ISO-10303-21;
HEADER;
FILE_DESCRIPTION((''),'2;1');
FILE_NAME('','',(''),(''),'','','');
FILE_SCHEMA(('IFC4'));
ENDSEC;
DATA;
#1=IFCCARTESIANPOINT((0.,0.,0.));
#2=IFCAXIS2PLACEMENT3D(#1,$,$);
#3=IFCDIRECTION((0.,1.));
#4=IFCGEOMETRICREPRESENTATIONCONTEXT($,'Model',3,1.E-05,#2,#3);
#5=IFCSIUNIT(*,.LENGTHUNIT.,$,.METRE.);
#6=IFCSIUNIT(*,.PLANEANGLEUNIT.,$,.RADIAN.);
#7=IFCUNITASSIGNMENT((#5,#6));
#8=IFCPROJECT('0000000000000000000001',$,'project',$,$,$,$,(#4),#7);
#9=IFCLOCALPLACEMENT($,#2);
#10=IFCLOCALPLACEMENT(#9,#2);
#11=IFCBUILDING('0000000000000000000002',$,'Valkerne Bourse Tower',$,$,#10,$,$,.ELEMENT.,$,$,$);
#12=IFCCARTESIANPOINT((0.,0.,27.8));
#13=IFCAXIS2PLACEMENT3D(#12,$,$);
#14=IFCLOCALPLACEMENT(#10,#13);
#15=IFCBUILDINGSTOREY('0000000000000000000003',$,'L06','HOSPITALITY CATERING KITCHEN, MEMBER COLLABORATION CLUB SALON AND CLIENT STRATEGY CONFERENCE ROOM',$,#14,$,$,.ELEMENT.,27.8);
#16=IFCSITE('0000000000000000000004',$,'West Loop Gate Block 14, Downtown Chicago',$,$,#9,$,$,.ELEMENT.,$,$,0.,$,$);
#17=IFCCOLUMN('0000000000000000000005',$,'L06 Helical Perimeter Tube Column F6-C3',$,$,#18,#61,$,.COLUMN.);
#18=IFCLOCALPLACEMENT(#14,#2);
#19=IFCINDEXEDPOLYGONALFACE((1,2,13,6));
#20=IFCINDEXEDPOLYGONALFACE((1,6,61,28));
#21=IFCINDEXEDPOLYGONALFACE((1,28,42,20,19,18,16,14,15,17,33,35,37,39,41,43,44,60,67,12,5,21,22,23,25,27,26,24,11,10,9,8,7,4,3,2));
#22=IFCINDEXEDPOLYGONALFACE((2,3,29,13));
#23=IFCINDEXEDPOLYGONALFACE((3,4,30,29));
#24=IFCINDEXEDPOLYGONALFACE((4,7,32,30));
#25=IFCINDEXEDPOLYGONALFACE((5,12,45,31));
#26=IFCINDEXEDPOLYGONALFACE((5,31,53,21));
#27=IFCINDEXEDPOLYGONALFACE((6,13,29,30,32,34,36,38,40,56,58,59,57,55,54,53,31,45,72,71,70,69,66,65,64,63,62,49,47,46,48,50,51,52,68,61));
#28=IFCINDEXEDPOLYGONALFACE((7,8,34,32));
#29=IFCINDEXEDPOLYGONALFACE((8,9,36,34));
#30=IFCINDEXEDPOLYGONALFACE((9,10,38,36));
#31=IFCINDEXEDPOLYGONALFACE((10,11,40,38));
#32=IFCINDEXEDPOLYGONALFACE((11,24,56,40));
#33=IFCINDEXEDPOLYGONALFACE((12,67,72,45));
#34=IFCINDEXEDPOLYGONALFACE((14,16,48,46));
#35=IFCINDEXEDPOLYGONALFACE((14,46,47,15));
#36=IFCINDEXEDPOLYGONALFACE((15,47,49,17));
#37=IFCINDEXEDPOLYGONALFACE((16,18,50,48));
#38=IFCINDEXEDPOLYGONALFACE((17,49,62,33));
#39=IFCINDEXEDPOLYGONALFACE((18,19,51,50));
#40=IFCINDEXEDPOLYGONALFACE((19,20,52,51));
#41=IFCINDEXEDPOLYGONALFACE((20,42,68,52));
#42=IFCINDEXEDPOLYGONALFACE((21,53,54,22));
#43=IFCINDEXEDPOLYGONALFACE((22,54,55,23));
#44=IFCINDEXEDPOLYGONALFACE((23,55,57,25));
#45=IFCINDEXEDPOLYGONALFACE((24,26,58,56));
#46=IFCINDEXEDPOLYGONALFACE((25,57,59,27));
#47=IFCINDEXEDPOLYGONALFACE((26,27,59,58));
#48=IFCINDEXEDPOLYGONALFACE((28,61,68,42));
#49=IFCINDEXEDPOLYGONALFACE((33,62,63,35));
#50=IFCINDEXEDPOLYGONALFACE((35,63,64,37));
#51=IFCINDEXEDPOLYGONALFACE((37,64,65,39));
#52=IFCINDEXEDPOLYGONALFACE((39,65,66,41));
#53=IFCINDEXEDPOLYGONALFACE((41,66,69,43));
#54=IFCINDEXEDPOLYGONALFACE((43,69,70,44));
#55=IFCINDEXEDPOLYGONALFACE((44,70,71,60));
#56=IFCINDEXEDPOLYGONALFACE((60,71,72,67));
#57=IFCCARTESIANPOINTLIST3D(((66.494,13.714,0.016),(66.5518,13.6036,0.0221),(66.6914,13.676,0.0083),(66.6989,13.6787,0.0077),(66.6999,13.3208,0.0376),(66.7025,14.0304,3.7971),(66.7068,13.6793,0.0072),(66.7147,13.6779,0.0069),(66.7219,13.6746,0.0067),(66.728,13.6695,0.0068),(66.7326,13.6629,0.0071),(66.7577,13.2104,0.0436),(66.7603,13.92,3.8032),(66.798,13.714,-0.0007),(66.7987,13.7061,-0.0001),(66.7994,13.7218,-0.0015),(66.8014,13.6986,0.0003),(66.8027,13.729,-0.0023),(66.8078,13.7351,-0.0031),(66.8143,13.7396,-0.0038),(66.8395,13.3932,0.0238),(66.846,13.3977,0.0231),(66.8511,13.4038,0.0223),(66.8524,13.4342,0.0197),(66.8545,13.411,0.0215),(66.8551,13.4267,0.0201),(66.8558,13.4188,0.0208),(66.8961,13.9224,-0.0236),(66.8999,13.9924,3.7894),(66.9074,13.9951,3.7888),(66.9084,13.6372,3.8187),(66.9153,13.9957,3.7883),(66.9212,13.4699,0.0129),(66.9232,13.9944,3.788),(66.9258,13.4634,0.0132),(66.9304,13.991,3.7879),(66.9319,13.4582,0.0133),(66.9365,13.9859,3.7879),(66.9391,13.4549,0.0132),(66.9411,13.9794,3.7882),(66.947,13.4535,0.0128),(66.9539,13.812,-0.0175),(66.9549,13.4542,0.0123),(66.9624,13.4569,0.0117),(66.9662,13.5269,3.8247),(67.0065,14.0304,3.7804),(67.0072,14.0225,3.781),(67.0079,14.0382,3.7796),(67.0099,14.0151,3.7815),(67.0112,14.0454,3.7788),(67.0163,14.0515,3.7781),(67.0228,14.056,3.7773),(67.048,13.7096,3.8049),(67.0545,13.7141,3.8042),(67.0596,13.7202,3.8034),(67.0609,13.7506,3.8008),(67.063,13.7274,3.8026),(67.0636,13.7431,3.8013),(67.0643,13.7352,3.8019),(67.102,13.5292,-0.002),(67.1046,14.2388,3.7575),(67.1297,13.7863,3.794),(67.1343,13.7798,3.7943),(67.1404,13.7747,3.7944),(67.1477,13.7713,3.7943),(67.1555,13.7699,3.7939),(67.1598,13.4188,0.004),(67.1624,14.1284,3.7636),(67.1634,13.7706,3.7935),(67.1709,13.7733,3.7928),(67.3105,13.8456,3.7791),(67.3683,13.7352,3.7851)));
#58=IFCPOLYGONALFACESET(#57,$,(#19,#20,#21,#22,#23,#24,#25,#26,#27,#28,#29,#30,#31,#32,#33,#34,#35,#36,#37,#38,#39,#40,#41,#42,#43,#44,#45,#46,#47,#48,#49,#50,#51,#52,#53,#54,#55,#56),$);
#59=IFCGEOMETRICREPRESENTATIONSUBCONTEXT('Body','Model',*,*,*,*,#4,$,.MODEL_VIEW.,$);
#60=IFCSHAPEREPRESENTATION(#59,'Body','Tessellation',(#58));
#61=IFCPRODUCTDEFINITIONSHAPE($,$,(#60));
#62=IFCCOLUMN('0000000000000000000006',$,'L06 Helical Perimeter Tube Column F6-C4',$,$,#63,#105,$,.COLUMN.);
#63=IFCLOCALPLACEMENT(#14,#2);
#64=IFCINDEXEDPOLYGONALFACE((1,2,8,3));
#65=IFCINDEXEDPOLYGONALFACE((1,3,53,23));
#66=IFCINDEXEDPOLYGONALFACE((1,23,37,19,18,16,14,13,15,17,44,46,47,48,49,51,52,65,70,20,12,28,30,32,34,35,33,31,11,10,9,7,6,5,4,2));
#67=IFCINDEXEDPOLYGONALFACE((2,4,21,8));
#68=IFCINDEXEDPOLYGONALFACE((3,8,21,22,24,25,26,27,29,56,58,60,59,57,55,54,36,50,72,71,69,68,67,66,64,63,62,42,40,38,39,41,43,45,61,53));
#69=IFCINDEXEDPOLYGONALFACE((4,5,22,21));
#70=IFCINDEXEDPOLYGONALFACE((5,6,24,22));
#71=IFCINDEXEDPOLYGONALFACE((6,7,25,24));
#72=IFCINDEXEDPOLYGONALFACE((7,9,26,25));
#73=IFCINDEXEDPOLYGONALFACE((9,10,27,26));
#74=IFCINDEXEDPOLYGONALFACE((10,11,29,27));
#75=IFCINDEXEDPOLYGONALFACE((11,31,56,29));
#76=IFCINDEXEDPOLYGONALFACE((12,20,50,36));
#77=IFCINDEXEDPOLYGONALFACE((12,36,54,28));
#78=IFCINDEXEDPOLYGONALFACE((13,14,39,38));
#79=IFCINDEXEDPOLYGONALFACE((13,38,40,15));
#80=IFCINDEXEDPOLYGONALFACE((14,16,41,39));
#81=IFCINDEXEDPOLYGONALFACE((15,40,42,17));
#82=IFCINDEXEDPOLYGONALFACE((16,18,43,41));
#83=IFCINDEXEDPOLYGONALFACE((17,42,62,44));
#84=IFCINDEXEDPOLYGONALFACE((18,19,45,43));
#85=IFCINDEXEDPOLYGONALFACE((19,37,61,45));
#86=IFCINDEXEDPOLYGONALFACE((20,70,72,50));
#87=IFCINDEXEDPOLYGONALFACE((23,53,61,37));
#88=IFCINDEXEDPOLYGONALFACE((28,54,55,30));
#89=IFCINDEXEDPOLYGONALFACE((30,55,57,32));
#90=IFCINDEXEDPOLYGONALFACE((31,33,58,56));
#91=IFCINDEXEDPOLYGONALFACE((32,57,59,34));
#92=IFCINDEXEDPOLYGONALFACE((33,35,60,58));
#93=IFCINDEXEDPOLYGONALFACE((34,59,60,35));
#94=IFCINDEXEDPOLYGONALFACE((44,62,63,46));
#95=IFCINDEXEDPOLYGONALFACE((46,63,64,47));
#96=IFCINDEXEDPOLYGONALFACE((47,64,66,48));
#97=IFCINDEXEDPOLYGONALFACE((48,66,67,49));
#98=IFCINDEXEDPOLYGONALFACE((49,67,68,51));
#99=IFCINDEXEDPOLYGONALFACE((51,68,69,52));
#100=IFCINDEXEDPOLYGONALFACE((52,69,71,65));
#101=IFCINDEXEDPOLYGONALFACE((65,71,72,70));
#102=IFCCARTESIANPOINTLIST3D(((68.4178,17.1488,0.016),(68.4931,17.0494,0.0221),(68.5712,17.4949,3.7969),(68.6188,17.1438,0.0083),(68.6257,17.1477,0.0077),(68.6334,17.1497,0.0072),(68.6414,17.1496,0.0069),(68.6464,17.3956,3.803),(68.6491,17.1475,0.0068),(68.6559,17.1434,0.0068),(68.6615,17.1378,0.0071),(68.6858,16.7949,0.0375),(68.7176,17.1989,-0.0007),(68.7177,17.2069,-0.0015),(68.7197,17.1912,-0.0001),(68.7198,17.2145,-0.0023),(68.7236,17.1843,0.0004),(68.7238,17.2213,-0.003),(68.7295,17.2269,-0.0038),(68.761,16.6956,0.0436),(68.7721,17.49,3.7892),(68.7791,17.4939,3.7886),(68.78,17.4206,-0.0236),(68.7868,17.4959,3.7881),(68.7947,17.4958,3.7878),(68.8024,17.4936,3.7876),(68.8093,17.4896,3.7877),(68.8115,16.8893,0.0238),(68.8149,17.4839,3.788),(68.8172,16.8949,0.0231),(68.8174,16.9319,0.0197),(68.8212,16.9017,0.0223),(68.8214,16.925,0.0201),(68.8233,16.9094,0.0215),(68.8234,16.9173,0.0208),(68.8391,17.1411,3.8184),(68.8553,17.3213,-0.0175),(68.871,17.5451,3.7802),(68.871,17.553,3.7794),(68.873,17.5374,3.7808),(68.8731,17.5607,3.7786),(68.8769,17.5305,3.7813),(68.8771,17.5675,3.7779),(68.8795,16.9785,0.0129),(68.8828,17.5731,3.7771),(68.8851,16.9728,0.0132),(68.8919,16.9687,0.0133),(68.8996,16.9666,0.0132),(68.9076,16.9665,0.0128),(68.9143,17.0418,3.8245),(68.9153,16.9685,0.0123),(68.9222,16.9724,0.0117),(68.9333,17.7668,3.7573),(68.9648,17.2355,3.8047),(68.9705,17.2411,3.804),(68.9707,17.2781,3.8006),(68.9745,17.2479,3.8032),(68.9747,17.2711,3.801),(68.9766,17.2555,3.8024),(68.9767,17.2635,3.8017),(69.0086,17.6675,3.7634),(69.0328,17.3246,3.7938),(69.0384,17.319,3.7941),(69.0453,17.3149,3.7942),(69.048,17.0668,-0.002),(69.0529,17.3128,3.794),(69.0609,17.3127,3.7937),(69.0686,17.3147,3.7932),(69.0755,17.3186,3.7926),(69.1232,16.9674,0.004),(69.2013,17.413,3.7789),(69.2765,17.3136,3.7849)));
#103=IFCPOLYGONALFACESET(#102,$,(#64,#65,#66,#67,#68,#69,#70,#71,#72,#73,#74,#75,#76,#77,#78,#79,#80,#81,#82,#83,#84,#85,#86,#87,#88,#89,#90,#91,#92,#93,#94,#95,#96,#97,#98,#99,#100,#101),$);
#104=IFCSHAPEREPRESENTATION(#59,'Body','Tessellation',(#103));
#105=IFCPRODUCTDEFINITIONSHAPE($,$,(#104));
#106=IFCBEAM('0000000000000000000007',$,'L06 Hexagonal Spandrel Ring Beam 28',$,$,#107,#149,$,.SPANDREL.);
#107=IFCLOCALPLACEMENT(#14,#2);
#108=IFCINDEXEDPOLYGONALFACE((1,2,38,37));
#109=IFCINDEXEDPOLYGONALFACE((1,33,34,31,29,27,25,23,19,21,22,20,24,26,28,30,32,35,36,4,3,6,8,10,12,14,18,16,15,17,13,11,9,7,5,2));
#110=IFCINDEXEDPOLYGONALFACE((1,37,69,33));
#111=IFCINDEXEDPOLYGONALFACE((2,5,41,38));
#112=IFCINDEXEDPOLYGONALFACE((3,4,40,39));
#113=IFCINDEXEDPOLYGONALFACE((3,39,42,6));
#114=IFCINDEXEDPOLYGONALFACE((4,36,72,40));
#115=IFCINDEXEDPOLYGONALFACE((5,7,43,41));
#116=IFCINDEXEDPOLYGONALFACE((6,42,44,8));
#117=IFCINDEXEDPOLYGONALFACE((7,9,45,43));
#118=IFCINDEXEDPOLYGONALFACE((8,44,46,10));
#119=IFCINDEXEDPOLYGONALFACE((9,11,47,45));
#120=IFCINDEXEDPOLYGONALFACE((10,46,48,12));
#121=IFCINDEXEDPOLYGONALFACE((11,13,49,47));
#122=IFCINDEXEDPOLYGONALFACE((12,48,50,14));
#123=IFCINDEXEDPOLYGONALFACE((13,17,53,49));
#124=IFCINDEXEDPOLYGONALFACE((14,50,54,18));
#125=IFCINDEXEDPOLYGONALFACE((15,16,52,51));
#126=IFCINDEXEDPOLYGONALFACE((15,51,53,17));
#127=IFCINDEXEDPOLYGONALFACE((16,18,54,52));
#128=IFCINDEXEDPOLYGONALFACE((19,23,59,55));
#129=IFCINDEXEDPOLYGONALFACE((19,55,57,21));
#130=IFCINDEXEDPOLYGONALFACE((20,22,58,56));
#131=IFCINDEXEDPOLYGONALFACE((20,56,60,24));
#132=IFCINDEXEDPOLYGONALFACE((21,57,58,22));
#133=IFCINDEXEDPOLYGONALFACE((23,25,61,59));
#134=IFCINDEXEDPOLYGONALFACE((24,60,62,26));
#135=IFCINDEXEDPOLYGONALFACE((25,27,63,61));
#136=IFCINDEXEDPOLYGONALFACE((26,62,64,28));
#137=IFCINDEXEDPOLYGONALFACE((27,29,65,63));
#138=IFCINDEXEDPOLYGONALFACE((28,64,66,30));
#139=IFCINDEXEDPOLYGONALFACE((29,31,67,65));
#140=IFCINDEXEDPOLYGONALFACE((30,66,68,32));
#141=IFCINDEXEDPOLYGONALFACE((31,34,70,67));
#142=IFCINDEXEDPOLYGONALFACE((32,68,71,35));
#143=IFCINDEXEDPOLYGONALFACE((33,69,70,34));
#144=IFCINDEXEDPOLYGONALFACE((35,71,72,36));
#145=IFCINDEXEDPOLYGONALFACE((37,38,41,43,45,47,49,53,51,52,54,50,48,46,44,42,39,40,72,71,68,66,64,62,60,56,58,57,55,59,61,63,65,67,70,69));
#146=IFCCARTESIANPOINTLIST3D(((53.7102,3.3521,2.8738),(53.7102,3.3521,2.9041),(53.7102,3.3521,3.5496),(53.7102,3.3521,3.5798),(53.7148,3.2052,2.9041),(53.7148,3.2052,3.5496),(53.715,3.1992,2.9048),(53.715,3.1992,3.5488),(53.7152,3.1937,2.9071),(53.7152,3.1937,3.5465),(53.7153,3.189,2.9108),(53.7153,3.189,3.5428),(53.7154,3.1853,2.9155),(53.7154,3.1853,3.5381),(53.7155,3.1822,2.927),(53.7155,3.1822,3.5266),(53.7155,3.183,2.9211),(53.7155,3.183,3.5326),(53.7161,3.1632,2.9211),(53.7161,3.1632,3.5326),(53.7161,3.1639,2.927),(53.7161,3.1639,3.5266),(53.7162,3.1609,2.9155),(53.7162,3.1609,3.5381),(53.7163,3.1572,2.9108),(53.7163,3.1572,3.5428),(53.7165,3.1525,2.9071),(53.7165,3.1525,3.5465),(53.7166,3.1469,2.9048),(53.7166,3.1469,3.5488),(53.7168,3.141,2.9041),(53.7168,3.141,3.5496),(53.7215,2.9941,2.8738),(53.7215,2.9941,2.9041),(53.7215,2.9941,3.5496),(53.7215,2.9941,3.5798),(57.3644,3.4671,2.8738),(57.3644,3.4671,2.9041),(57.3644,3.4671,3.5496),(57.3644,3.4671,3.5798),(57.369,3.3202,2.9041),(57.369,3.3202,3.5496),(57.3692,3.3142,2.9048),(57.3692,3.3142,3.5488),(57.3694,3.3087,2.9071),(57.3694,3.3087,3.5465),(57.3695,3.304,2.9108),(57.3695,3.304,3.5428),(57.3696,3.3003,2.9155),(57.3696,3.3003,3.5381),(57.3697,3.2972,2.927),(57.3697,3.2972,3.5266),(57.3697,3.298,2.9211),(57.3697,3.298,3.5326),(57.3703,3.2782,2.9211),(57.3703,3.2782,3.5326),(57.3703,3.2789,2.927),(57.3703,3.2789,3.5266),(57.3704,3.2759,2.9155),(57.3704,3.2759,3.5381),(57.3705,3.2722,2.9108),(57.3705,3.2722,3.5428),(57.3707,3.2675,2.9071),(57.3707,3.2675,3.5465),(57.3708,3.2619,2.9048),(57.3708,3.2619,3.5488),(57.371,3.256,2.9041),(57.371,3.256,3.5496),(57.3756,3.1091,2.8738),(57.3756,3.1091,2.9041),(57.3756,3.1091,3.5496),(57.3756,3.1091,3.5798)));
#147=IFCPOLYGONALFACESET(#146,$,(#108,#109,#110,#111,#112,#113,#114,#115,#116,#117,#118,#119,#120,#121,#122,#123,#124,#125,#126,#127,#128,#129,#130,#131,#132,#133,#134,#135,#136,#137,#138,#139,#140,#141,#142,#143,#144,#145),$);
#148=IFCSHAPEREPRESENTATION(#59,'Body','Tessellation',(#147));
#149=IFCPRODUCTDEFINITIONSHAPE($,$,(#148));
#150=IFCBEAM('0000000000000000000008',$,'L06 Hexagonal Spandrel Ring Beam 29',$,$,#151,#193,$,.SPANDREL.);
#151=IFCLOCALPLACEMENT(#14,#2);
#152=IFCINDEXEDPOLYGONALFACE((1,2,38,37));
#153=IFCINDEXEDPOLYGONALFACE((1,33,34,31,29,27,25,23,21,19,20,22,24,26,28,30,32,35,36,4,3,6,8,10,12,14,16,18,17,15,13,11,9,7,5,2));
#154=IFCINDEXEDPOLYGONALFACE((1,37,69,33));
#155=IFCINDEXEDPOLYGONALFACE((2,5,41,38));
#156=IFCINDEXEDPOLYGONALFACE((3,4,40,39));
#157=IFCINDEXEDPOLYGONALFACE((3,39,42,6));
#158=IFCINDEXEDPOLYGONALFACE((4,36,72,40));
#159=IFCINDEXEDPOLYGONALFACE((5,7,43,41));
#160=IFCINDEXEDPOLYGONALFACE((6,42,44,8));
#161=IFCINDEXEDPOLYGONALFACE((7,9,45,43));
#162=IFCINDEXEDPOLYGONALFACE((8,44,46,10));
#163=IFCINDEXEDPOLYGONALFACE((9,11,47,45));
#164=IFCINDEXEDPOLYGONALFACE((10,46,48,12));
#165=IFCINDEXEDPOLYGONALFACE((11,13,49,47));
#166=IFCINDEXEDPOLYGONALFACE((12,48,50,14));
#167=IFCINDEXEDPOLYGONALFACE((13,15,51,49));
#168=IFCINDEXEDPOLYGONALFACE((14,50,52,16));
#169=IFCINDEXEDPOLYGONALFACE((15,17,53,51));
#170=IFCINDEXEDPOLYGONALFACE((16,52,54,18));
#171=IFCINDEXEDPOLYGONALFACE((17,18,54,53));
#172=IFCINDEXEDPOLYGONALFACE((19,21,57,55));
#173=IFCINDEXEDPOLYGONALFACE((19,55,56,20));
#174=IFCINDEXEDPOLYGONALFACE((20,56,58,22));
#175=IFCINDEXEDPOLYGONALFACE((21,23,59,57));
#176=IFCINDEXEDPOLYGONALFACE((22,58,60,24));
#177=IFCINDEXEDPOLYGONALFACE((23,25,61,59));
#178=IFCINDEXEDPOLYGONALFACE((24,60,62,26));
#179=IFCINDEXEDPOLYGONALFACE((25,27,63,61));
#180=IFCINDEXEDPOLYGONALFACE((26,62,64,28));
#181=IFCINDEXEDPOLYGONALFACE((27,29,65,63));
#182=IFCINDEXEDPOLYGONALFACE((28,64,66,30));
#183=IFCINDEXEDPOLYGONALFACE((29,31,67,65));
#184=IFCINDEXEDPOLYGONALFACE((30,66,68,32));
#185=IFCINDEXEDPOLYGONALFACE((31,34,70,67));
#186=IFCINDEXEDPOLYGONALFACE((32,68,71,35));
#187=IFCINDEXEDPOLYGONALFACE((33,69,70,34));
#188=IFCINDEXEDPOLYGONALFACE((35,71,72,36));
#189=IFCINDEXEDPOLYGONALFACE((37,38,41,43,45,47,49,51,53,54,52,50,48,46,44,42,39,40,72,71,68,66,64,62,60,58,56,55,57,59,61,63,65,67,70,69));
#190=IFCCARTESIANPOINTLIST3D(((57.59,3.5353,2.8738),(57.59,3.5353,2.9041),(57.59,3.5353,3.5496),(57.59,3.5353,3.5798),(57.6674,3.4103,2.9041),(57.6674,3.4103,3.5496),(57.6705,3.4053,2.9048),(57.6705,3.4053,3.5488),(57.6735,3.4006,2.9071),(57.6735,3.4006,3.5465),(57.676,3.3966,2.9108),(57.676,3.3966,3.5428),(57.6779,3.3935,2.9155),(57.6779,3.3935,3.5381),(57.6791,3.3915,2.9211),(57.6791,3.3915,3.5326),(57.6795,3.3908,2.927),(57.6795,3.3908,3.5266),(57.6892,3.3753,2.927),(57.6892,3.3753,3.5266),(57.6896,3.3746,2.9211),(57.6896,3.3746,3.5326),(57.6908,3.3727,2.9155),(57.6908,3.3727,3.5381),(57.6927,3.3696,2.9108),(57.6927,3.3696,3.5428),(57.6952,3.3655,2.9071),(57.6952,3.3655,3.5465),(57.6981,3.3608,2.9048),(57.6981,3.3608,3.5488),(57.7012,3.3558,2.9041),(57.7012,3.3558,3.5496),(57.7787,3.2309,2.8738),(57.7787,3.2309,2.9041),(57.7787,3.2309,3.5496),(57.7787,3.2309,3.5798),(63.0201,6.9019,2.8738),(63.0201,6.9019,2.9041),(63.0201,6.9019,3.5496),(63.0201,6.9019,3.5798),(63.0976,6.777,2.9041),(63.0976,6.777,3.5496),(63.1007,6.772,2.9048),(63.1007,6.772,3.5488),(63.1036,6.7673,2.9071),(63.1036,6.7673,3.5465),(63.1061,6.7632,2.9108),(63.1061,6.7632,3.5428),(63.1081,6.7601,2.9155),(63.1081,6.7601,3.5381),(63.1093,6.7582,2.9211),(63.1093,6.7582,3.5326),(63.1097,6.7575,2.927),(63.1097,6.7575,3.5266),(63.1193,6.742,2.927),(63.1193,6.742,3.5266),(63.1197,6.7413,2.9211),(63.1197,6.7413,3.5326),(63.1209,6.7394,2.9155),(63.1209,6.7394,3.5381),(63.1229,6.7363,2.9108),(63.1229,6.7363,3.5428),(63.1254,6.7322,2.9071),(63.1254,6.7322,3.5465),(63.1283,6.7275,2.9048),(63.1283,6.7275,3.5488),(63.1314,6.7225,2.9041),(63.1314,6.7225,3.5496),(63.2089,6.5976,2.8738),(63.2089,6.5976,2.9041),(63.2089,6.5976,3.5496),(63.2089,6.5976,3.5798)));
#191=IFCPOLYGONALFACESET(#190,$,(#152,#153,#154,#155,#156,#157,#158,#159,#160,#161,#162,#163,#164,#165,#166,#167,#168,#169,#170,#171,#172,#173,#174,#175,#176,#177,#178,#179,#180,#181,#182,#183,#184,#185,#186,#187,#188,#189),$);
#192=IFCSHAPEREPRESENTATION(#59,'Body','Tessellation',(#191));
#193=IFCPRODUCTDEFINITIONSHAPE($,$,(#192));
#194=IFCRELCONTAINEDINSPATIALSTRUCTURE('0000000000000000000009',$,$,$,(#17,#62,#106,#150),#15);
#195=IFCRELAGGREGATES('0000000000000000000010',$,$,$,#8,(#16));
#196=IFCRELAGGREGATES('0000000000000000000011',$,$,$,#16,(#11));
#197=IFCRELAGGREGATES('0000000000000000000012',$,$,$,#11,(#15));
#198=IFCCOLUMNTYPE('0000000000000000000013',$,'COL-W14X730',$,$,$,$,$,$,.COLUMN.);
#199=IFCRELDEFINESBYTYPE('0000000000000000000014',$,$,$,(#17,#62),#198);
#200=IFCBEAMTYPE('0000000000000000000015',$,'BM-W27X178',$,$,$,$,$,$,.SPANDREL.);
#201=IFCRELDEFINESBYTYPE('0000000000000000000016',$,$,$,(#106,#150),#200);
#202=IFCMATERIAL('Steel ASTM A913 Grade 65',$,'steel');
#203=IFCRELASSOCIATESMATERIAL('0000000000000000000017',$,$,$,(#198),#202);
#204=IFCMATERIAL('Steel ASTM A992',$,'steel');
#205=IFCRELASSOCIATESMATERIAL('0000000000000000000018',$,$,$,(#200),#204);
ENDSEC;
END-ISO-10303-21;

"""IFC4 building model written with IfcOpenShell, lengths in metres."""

from ifc_helpers import new_model, si_unit, direction, frame, origin, origin_2d, place, context, subcontext, project, spatial, i_section, extrude, material, material_profile, profile_set, type_object, element, save


model = new_model("IFC4")

# Units and contexts
model_context = context("Model", 3, precision=1e-05, world=origin(), true_north=direction((0.0, 1.0)))
body_context = subcontext(model_context, "Body", "Model", "MODEL_VIEW")
ifc_project = project(units=[si_unit("LENGTHUNIT", "METRE"), si_unit("PLANEANGLEUNIT", "RADIAN")], contexts=[model_context])

# Site, building, storey
site_placement = place(None, origin())
site = spatial("IfcSite", under=ifc_project, at=site_placement, Name="West Loop Gate Block 14, Downtown Chicago", CompositionType="ELEMENT", RefElevation=0.0)
building_placement = place(site_placement, origin())
building = spatial("IfcBuilding", under=site, at=building_placement, Name="Valkerne Bourse Tower", CompositionType="ELEMENT")
storey_placement = place(building_placement, frame((0.0, 0.0, 27.8)))
storey = spatial("IfcBuildingStorey", under=building, at=storey_placement, Name="L06", Description="HOSPITALITY CATERING KITCHEN, MEMBER COLLABORATION CLUB SALON AND CLIENT STRATEGY CONFERENCE ROOM", CompositionType="ELEMENT", Elevation=27.8)

# Columns
ifc_material_1 = material(Name="Steel ASTM A913 Grade 65", Category="steel")
ifc_material_profile_1 = material_profile(ifc_material_1, i_section(OverallWidth=0.4546, OverallDepth=0.5691, WebThickness=0.0779, FlangeThickness=0.1248, FilletRadius=0.0305, at=origin_2d()), Name="W14X730")
ifc_profile_set_1 = profile_set([ifc_material_profile_1], Name="Steel ASTM A913 Grade 65")
column_type = type_object("IfcColumnType", Name="COL-W14X730", PredefinedType="COLUMN", material=ifc_profile_set_1)
column_1_placement = place(storey_placement, frame((66.8269, 13.5664, 0.01), z_axis=(0.054868, 0.083266, 0.995016), x_axis=(-0.884477, -0.458377, 0.087131)))
element("IfcColumn", 1, at=column_1_placement, inside=storey, type_object=column_type, Name="L06 Helical Perimeter Tube Column F6-C3", PredefinedType="COLUMN", context=body_context, shape_type="SweptSolid", body=[
    extrude(i_section(OverallWidth=0.4546, OverallDepth=0.5691, WebThickness=0.0779, FlangeThickness=0.1248, FilletRadius=0.0305, at=origin_2d()), origin(), (0.0, 0.0, 1.0), 3.8),
])
column_2_placement = place(storey_placement, frame((68.7705, 17.0581, 0.01), z_axis=(0.040348, 0.091105, 0.995024), x_axis=(-0.796743, -0.598014, 0.087063)))
element("IfcColumn", 2, at=column_2_placement, inside=storey, type_object=column_type, Name="L06 Helical Perimeter Tube Column F6-C4", PredefinedType="COLUMN", context=body_context, shape_type="SweptSolid", body=[
    extrude(i_section(OverallWidth=0.4546, OverallDepth=0.5691, WebThickness=0.0779, FlangeThickness=0.1248, FilletRadius=0.0305, at=origin_2d()), origin(), (0.0, 0.0, 1.0), 3.7998),
])

# Beams
ifc_material_2 = material(Name="Steel ASTM A992", Category="steel")
ifc_material_profile_2 = material_profile(ifc_material_2, i_section(OverallWidth=0.3582, OverallDepth=0.7061, WebThickness=0.0183, FlangeThickness=0.0303, FilletRadius=0.0229, at=origin_2d()), Name="W27X178")
ifc_profile_set_2 = profile_set([ifc_material_profile_2], Name="Steel ASTM A992")
beam_type = type_object("IfcBeamType", Name="BM-W27X178", PredefinedType="SPANDREL", material=ifc_profile_set_2)
beam_1_placement = place(storey_placement, frame((53.7158, 3.1731, 3.2268), z_axis=(0.999505, 0.031452, 0.0), x_axis=(-0.031452, 0.999505, 0.0)))
element("IfcBeam", 3, at=beam_1_placement, inside=storey, type_object=beam_type, Name="L06 Hexagonal Spandrel Ring Beam 28", PredefinedType="SPANDREL", context=body_context, shape_type="SweptSolid", body=[
    extrude(i_section(OverallWidth=0.3582, OverallDepth=0.7061, WebThickness=0.0183, FlangeThickness=0.0303, FilletRadius=0.0229, at=origin_2d()), origin(), (0.0, 0.0, 1.0), 3.656),
])
beam_2_placement = place(storey_placement, frame((57.6843, 3.3831, 3.2268), z_axis=(0.849903, 0.526939, 0.0), x_axis=(-0.526939, 0.849903, 0.0)))
element("IfcBeam", 4, at=beam_2_placement, inside=storey, type_object=beam_type, Name="L06 Hexagonal Spandrel Ring Beam 29", PredefinedType="SPANDREL", context=body_context, shape_type="SweptSolid", body=[
    extrude(i_section(OverallWidth=0.3582, OverallDepth=0.7061, WebThickness=0.0183, FlangeThickness=0.0303, FilletRadius=0.0229, at=origin_2d()), origin(), (0.0, 0.0, 1.0), 6.3892),
])

save(model, "model.ifc")
